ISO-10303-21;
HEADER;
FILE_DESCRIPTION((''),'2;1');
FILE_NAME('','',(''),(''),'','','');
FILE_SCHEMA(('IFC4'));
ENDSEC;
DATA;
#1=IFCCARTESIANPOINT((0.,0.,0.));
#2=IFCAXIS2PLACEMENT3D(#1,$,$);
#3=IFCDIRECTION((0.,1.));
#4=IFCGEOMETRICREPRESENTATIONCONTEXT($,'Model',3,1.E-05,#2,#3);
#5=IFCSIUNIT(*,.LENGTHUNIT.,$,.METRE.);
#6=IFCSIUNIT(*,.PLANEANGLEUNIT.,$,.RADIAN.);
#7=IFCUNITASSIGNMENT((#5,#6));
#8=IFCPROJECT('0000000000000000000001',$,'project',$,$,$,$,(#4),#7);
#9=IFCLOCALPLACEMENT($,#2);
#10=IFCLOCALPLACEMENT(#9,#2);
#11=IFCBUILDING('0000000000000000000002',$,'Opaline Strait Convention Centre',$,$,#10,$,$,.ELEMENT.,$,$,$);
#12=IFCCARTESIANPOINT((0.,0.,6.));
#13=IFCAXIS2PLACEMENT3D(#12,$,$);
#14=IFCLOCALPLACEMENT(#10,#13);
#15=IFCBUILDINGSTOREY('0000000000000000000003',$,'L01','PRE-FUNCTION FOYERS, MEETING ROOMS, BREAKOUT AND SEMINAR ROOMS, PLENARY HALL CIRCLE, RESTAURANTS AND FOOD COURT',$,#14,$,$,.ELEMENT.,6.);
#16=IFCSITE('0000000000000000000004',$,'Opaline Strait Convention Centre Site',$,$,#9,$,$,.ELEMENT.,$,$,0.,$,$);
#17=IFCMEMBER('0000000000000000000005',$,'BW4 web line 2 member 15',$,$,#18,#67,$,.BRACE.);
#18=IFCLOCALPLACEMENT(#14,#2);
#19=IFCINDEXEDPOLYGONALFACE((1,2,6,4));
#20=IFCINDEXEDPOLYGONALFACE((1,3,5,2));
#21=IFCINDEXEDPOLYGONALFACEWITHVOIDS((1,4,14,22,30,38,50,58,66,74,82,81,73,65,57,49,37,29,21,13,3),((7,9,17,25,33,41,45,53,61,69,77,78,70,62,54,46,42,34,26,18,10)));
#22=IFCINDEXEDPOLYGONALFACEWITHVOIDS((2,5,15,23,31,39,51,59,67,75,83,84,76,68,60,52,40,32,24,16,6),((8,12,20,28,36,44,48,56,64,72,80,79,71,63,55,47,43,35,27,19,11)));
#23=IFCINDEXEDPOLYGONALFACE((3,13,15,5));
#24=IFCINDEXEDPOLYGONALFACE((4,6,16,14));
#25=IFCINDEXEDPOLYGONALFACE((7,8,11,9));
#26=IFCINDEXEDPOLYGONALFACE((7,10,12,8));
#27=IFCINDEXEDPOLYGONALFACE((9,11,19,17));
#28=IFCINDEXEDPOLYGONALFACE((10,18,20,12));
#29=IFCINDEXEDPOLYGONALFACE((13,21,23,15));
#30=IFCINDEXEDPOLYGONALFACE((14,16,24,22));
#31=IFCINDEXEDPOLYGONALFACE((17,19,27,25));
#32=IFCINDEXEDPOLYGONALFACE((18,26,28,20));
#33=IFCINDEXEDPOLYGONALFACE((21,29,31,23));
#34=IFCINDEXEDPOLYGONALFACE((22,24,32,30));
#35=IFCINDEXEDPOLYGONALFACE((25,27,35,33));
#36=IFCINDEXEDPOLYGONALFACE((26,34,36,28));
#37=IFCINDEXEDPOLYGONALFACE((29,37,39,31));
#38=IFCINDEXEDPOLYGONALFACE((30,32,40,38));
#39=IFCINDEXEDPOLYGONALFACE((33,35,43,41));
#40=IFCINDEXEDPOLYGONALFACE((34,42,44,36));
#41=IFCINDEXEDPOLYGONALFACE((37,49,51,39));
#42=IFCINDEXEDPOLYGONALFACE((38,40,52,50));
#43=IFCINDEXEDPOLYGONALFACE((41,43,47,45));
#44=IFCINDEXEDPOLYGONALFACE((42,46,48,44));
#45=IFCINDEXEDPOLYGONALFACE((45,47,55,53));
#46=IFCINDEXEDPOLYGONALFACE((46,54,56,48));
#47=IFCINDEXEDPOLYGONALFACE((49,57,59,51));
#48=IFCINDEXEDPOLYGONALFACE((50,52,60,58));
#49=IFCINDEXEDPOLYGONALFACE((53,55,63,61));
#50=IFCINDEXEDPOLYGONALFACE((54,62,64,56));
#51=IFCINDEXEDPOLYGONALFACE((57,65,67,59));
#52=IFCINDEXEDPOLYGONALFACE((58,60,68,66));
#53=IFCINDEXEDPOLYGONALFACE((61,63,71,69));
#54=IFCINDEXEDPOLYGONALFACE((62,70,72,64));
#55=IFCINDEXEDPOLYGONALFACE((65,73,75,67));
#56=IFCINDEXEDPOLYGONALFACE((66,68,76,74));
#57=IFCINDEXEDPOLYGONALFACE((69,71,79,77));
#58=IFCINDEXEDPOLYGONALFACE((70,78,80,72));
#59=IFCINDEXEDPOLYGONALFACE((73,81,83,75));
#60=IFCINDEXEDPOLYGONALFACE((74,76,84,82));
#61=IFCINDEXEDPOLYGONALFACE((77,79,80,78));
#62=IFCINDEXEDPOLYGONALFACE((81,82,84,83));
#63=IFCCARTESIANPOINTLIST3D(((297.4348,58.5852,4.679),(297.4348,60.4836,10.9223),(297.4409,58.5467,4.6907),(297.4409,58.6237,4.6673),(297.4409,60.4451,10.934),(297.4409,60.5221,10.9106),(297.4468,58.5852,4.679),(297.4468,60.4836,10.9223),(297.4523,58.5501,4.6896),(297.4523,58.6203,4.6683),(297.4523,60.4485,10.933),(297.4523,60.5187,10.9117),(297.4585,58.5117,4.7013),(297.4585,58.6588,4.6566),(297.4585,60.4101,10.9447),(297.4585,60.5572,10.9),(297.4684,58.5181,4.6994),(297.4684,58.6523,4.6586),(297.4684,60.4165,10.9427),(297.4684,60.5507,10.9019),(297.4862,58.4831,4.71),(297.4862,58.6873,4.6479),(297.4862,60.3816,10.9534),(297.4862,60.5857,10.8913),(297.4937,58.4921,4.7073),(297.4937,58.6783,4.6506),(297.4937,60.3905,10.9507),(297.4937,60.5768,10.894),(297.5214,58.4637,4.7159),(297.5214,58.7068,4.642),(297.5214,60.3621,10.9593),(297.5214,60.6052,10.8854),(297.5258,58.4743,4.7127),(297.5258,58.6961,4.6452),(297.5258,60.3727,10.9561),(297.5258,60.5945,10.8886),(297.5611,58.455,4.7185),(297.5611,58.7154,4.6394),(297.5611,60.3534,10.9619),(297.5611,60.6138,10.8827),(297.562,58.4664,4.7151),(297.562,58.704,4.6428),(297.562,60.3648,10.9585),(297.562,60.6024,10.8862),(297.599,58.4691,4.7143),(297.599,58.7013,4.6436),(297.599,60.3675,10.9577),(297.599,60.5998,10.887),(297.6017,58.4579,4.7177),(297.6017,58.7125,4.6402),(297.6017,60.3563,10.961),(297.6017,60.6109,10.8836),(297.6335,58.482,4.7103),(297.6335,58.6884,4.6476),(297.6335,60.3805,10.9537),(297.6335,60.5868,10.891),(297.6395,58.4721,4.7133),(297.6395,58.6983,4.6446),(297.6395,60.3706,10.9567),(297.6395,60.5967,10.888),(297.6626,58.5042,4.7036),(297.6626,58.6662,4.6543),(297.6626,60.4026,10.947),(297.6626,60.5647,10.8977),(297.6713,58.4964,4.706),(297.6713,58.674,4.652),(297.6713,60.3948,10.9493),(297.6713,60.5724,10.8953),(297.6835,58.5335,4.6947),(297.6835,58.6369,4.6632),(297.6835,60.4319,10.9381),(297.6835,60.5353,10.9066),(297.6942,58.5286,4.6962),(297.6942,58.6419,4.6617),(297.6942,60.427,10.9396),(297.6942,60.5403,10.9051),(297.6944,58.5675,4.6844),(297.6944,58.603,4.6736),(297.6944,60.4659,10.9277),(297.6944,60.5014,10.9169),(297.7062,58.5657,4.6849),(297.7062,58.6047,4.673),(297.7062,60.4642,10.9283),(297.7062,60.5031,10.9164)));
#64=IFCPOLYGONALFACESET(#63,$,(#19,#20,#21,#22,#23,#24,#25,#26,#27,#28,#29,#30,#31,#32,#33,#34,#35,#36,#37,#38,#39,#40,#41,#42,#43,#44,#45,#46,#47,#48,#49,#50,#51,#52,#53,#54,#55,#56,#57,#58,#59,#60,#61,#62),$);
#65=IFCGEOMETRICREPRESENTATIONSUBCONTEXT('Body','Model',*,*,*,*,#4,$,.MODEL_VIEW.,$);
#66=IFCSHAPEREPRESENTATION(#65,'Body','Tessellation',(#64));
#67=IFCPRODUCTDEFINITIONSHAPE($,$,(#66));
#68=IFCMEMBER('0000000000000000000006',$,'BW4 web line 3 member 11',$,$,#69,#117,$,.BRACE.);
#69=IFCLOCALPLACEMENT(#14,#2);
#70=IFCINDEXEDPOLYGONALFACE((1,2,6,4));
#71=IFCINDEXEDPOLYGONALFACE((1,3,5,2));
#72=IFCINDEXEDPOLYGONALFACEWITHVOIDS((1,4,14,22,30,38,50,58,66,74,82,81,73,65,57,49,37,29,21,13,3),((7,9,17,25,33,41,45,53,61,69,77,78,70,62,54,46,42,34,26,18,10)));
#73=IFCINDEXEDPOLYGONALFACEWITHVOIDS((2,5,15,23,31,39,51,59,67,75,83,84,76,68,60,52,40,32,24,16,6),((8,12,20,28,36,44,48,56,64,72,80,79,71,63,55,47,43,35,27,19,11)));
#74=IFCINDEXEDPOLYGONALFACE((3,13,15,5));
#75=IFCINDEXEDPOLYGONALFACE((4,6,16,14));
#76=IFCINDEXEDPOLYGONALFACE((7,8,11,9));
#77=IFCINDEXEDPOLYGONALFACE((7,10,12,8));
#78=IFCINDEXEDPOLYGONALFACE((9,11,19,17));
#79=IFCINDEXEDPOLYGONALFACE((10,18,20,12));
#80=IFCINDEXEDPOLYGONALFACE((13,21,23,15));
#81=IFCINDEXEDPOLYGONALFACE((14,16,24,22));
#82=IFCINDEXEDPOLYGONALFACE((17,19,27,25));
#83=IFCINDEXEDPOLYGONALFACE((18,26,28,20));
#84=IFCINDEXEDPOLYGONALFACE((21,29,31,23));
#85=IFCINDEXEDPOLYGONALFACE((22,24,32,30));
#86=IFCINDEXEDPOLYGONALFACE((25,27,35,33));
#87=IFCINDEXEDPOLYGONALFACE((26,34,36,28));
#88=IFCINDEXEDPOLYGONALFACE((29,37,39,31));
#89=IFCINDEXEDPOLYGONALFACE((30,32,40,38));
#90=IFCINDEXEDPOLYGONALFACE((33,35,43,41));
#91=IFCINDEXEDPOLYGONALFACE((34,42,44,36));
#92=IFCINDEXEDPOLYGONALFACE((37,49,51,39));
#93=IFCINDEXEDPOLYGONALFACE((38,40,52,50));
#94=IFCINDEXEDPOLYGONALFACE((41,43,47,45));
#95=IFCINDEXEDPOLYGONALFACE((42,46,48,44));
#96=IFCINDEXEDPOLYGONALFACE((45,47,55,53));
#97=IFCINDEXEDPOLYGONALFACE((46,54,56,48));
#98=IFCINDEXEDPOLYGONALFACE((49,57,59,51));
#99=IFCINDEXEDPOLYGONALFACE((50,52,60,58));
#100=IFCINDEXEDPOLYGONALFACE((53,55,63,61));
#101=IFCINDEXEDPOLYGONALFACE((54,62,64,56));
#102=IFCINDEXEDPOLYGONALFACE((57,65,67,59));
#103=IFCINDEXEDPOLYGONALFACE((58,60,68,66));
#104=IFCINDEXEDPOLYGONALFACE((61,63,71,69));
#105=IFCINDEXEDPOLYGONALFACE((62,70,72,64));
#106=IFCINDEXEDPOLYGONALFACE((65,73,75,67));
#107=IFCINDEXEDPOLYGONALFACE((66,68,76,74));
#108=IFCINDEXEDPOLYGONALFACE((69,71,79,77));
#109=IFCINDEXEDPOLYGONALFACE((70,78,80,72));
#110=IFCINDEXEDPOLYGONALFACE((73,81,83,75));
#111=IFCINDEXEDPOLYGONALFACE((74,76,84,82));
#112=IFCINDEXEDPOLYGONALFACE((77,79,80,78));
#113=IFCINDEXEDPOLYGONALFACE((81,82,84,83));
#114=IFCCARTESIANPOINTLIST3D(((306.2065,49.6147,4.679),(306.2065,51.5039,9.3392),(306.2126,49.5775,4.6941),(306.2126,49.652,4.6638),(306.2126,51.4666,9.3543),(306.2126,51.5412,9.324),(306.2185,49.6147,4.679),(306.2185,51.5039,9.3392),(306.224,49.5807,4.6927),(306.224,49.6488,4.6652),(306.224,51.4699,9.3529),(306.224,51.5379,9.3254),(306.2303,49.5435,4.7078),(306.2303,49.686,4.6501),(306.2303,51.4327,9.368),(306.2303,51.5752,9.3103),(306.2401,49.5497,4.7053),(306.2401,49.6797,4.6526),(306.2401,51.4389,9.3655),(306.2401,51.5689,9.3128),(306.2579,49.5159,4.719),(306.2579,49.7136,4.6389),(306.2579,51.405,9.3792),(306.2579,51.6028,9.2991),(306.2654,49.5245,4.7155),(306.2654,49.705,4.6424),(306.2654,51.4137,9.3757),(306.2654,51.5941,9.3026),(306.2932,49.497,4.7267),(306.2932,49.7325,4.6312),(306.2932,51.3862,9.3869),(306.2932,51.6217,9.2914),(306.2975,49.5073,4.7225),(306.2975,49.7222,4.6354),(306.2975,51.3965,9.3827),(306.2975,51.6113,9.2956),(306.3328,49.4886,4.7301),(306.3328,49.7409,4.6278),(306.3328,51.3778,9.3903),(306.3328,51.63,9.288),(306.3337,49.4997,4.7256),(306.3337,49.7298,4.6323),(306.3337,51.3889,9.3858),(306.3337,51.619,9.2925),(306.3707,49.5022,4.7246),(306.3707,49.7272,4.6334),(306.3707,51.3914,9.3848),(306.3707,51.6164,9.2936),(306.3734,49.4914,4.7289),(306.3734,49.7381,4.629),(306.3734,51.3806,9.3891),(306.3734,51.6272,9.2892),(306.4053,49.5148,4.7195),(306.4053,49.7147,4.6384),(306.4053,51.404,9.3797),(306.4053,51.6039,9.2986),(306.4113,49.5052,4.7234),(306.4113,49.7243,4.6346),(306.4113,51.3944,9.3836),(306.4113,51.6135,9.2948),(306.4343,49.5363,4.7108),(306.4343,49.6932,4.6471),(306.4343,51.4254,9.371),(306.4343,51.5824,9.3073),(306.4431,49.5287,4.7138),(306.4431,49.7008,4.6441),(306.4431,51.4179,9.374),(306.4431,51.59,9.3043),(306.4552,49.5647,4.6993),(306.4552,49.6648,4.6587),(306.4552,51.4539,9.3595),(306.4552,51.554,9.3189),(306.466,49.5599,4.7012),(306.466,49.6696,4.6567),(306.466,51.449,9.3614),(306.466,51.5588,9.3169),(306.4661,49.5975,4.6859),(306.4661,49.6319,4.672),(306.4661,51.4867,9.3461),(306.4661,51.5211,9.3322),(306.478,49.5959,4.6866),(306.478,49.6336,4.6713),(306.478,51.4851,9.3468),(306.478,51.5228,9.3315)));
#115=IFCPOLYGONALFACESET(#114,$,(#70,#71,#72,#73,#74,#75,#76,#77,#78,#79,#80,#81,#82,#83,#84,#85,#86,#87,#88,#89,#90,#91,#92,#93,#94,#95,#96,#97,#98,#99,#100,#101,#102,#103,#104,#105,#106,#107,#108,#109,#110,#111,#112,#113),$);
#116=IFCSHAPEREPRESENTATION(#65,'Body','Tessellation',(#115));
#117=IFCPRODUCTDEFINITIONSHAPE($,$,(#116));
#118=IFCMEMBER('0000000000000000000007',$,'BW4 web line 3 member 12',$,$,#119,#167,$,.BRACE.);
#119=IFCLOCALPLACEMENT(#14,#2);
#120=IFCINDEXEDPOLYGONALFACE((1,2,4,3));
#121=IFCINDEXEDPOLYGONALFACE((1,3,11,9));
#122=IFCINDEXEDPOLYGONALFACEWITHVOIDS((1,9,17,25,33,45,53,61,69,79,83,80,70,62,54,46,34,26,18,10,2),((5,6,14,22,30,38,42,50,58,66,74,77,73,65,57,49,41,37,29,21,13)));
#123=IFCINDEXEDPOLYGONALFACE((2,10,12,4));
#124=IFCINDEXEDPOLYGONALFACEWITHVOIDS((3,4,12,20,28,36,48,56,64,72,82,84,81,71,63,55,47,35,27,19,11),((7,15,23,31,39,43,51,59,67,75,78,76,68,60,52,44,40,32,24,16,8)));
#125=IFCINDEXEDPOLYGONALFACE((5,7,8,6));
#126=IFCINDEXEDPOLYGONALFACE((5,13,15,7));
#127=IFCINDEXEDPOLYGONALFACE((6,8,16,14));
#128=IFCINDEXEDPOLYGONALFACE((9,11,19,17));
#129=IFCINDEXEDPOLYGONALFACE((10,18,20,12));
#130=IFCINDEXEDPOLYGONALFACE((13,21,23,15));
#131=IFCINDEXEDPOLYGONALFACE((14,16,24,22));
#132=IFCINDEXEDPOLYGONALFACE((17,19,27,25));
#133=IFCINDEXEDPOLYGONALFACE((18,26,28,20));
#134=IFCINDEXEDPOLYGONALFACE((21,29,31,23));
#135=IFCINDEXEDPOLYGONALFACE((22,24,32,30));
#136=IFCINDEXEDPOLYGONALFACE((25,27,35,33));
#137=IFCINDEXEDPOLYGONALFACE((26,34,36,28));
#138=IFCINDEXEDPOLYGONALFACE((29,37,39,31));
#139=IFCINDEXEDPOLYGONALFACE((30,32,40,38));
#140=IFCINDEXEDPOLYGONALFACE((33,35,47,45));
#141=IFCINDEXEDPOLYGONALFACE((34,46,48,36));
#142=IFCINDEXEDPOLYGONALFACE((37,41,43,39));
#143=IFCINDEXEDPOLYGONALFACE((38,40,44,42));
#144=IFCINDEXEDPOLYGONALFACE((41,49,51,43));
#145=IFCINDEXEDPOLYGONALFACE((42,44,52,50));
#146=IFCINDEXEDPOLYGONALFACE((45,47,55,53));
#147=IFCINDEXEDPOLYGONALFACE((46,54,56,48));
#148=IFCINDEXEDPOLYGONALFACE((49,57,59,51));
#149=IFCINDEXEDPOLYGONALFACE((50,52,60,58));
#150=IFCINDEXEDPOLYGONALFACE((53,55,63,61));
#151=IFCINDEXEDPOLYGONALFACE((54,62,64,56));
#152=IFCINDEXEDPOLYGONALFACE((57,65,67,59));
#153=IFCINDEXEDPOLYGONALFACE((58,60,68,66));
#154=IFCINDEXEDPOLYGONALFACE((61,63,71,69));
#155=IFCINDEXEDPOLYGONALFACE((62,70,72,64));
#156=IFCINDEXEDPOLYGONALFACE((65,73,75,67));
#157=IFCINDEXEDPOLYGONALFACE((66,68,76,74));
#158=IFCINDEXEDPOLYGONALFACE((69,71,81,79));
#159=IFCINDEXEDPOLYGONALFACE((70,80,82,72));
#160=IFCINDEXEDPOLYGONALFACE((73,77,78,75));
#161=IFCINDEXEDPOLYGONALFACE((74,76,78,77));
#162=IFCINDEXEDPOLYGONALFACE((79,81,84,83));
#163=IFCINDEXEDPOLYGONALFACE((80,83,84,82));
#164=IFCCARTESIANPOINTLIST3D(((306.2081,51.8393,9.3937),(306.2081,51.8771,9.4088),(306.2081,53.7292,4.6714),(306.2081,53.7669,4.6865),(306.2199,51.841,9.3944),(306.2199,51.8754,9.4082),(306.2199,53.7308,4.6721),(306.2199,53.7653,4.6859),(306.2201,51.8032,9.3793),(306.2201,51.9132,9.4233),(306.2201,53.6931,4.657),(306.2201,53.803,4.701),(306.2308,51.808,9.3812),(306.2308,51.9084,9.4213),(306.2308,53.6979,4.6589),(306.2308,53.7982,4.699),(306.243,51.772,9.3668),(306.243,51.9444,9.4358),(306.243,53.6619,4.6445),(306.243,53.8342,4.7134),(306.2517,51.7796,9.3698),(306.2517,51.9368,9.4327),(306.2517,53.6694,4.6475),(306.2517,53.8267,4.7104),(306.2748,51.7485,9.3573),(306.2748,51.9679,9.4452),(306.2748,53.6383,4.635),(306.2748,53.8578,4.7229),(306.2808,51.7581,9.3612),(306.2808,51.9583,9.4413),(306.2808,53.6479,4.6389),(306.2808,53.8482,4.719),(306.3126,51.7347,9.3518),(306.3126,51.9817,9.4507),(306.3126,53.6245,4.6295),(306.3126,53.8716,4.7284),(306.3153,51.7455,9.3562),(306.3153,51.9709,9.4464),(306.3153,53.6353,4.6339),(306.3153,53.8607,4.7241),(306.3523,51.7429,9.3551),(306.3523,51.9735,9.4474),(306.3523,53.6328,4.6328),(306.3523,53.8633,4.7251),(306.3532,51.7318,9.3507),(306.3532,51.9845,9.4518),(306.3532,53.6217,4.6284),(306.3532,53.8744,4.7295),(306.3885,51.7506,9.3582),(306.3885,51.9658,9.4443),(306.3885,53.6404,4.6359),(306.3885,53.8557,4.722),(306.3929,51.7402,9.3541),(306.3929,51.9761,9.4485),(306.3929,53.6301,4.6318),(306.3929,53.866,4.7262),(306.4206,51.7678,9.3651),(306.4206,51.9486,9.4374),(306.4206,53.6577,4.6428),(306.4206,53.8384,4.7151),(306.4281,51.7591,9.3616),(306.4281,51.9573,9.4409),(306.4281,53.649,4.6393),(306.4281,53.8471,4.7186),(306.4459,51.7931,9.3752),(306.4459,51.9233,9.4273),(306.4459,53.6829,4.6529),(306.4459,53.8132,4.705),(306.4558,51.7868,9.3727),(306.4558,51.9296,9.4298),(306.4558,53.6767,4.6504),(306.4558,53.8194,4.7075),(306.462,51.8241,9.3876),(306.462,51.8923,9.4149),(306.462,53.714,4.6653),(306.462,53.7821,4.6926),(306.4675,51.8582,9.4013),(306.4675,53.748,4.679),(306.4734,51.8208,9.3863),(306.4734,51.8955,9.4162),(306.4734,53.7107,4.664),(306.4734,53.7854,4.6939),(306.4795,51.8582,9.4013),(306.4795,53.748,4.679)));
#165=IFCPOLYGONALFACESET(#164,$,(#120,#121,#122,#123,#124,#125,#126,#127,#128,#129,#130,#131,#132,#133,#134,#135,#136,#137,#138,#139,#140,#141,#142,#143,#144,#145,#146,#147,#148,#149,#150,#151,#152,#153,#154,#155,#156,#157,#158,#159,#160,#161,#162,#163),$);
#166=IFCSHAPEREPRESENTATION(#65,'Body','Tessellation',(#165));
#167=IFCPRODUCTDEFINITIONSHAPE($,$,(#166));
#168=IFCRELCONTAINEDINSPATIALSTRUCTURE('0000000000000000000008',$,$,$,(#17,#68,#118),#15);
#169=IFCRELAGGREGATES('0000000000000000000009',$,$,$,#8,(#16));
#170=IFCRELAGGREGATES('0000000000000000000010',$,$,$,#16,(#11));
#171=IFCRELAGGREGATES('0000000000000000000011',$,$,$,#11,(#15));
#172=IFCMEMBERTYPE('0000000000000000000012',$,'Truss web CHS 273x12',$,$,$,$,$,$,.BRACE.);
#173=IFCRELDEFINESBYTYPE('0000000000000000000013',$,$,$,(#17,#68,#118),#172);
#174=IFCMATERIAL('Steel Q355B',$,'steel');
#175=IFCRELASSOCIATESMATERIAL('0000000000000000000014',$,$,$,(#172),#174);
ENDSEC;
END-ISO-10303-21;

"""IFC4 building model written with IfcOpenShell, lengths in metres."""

from ifc_helpers import new_model, si_unit, direction, frame, origin, origin_2d, place, context, subcontext, project, spatial, hollow_circle, extrude, material, material_profile, profile_set, type_object, element, save


model = new_model("IFC4")

# Units and contexts
model_context = context("Model", 3, precision=1e-05, world=origin(), true_north=direction((0.0, 1.0)))
body_context = subcontext(model_context, "Body", "Model", "MODEL_VIEW")
ifc_project = project(units=[si_unit("LENGTHUNIT", "METRE"), si_unit("PLANEANGLEUNIT", "RADIAN")], contexts=[model_context])

# Site, building, storey
site_placement = place(None, origin())
site = spatial("IfcSite", under=ifc_project, at=site_placement, Name="Opaline Strait Convention Centre Site", CompositionType="ELEMENT", RefElevation=0.0)
building_placement = place(site_placement, origin())
building = spatial("IfcBuilding", under=site, at=building_placement, Name="Opaline Strait Convention Centre", CompositionType="ELEMENT")
storey_placement = place(building_placement, frame((0.0, 0.0, 6.0)))
storey = spatial("IfcBuildingStorey", under=building, at=storey_placement, Name="L01", Description="PRE-FUNCTION FOYERS, MEETING ROOMS, BREAKOUT AND SEMINAR ROOMS, PLENARY HALL CIRCLE, RESTAURANTS AND FOOD COURT", CompositionType="ELEMENT", Elevation=6.0)

# Members
ifc_material_1 = material(Name="Steel Q355B", Category="steel")
ifc_material_profile_1 = material_profile(ifc_material_1, hollow_circle(Radius=0.1365, WallThickness=0.012, at=origin_2d()), Name="CHS 273x12")
ifc_profile_set_1 = profile_set([ifc_material_profile_1], Name="Steel Q355B")
member_type_1 = type_object("IfcMemberType", Name="Truss web CHS 273x12", PredefinedType="BRACE", material=ifc_profile_set_1)
member_1_placement = place(storey_placement, frame((297.5713, 58.5852, 4.679), z_axis=(0.0, 0.290919, 0.956748), x_axis=(-1.0, 0.0, 0.0)))
element("IfcMember", 1, at=member_1_placement, inside=storey, type_object=member_type_1, Name="BW4 web line 2 member 15", PredefinedType="BRACE", context=body_context, shape_type="SweptSolid", body=[
    extrude(hollow_circle(Radius=0.1365, WallThickness=0.012, at=origin_2d()), origin(), (0.0, 0.0, 1.0), 6.5256),
])
member_2_placement = place(storey_placement, frame((306.343, 49.6147, 4.679), z_axis=(0.0, 0.375689, 0.926746), x_axis=(-1.0, 0.0, 0.0)))
element("IfcMember", 2, at=member_2_placement, inside=storey, type_object=member_type_1, Name="BW4 web line 3 member 11", PredefinedType="BRACE", context=body_context, shape_type="SweptSolid", body=[
    extrude(hollow_circle(Radius=0.1365, WallThickness=0.012, at=origin_2d()), origin(), (0.0, 0.0, 1.0), 5.0286),
])
member_3_placement = place(storey_placement, frame((306.343, 53.748, 4.679), z_axis=(0.0, -0.371548, 0.928414), x_axis=(1.0, 0.0, 0.0)))
element("IfcMember", 3, at=member_3_placement, inside=storey, type_object=member_type_1, Name="BW4 web line 3 member 12", PredefinedType="BRACE", context=body_context, shape_type="SweptSolid", body=[
    extrude(hollow_circle(Radius=0.1365, WallThickness=0.012, at=origin_2d()), origin(), (0.0, 0.0, 1.0), 5.0864),
])

save(model, "model.ifc")
